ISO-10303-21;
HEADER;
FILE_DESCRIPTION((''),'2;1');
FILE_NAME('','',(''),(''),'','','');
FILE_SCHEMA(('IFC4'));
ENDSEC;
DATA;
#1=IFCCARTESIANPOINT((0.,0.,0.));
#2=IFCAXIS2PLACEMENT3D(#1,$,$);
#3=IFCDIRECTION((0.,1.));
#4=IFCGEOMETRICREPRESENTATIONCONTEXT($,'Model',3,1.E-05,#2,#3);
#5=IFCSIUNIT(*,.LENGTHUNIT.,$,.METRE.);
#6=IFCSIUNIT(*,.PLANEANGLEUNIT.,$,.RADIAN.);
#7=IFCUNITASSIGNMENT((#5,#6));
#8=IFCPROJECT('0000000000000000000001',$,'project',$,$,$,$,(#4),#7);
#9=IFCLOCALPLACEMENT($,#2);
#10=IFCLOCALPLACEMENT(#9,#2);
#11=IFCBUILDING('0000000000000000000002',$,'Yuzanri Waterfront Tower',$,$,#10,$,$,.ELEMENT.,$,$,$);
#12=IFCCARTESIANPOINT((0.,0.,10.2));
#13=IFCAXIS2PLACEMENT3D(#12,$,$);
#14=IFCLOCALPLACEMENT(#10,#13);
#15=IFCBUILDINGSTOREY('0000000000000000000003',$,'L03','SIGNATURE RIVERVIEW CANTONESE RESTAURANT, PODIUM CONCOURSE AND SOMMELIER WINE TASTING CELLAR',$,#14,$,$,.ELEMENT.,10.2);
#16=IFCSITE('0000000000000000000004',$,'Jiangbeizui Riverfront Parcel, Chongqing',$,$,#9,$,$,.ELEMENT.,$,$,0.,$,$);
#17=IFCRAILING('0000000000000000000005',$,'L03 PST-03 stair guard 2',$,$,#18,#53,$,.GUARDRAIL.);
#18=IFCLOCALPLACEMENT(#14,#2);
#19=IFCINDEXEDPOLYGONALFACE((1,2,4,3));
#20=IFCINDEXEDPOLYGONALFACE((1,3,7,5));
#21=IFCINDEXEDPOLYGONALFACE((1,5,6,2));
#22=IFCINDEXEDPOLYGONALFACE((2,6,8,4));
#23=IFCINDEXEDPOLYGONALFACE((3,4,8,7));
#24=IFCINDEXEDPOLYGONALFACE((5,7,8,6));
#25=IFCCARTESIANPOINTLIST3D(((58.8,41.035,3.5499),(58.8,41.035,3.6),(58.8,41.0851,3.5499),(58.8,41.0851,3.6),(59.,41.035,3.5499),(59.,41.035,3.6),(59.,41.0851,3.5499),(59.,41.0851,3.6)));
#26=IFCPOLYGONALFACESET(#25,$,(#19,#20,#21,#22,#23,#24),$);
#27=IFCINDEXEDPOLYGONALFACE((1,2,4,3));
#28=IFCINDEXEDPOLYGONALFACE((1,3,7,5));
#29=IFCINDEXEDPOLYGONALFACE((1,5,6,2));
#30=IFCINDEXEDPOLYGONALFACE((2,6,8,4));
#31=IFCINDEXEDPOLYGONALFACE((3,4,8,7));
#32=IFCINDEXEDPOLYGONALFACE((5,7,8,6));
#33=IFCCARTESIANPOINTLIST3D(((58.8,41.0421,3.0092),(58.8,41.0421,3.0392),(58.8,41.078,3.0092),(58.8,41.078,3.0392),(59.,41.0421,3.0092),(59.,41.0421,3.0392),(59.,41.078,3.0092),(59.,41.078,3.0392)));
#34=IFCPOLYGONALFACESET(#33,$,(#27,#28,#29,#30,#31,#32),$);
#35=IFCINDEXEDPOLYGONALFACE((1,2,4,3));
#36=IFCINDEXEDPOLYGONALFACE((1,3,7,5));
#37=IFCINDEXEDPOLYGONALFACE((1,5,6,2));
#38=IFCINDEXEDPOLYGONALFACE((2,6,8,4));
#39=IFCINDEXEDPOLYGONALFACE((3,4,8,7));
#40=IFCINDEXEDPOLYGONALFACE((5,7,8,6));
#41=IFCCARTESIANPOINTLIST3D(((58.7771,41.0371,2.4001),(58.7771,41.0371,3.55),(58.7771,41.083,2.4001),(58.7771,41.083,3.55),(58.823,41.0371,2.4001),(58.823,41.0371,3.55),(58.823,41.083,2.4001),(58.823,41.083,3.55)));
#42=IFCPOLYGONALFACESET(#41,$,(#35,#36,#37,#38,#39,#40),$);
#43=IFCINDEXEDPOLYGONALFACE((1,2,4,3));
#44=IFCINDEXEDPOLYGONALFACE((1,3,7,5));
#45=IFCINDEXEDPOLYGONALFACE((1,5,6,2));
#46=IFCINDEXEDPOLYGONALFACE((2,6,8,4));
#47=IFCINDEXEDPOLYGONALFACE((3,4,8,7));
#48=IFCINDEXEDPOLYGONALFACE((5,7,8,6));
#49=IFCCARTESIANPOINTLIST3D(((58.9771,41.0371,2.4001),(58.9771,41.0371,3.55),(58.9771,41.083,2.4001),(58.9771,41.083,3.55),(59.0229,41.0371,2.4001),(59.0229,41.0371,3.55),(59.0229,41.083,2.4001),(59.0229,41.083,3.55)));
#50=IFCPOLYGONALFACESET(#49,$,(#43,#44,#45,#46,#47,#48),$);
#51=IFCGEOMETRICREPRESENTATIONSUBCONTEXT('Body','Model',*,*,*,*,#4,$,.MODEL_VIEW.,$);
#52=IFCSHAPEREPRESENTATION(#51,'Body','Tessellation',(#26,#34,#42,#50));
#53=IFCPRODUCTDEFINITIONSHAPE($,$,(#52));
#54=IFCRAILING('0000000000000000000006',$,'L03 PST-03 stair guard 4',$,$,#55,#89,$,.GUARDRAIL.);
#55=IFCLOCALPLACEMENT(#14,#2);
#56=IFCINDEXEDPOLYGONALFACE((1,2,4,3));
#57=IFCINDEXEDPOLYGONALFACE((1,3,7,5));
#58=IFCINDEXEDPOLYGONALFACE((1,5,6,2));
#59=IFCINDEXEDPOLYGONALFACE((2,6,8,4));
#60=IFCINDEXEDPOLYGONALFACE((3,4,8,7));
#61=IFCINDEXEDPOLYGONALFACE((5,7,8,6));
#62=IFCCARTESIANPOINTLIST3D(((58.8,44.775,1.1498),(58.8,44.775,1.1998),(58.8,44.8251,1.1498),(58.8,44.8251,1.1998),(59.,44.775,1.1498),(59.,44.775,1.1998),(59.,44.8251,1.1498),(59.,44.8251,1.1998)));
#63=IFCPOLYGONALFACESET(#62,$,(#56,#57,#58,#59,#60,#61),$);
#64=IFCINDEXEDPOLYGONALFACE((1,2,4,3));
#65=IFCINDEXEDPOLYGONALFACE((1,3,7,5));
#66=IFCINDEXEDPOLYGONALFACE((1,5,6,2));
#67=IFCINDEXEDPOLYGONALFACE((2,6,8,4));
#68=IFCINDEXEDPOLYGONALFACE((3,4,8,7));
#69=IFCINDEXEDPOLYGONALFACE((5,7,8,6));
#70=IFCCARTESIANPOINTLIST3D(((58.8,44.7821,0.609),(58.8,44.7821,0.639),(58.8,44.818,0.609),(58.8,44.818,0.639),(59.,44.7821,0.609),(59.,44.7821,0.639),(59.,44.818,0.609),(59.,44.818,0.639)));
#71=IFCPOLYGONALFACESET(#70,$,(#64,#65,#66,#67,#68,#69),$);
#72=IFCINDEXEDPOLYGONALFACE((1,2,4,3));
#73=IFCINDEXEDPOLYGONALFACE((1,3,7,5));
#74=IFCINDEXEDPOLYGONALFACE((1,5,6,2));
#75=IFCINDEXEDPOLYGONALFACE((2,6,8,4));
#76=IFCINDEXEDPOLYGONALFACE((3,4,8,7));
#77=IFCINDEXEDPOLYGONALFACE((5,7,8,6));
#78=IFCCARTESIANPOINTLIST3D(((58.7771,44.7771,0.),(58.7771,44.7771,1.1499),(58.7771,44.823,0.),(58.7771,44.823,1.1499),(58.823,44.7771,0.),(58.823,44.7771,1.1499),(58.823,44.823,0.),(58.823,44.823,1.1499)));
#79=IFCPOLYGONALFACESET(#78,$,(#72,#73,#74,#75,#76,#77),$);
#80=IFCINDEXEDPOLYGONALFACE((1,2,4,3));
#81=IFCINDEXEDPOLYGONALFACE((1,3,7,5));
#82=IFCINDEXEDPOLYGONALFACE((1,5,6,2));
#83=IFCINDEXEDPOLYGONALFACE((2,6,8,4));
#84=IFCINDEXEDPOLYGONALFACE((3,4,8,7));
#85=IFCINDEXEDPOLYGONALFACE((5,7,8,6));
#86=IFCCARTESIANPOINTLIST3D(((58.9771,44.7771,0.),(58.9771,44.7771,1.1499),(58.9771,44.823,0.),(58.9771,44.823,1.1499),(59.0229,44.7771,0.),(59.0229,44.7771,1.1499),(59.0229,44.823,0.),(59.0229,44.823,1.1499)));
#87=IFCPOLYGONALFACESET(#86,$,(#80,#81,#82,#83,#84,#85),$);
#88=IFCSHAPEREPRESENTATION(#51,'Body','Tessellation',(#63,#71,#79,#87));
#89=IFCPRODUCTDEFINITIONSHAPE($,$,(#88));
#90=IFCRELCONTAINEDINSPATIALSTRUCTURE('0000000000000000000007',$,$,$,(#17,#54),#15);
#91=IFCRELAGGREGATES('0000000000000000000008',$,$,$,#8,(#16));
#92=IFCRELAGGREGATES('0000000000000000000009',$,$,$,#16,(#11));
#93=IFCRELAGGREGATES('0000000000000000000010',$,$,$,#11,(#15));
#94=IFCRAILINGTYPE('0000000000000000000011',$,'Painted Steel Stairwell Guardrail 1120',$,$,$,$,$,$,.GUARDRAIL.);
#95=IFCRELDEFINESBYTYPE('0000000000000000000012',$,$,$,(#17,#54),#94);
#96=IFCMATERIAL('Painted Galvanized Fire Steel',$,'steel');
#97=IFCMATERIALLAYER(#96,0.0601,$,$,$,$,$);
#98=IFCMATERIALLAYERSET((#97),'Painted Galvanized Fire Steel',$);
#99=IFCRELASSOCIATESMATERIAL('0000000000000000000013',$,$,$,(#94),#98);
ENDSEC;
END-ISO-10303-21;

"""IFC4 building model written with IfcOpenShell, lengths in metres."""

from ifc_helpers import new_model, si_unit, direction, frame, origin, origin_2d, place, context, subcontext, project, spatial, rectangle, extrude, source, transform, mapped, material, layer, layer_set, type_object, element, save


model = new_model("IFC4")

# Units and contexts
model_context = context("Model", 3, precision=1e-05, world=origin(), true_north=direction((0.0, 1.0)))
body_context = subcontext(model_context, "Body", "Model", "MODEL_VIEW")
ifc_project = project(units=[si_unit("LENGTHUNIT", "METRE"), si_unit("PLANEANGLEUNIT", "RADIAN")], contexts=[model_context])

# Site, building, storey
site_placement = place(None, origin())
site = spatial("IfcSite", under=ifc_project, at=site_placement, Name="Jiangbeizui Riverfront Parcel, Chongqing", CompositionType="ELEMENT", RefElevation=0.0)
building_placement = place(site_placement, origin())
building = spatial("IfcBuilding", under=site, at=building_placement, Name="Yuzanri Waterfront Tower", CompositionType="ELEMENT")
storey_placement = place(building_placement, frame((0.0, 0.0, 10.2)))
storey = spatial("IfcBuildingStorey", under=building, at=storey_placement, Name="L03", Description="SIGNATURE RIVERVIEW CANTONESE RESTAURANT, PODIUM CONCOURSE AND SOMMELIER WINE TASTING CELLAR", CompositionType="ELEMENT", Elevation=10.2)

# Railings
ifc_material_1 = material(Name="Painted Galvanized Fire Steel", Category="steel")
ifc_layer_1 = layer(ifc_material_1, 0.0601)
ifc_layer_set_1 = layer_set([ifc_layer_1], Name="Painted Galvanized Fire Steel")
railing_type_1 = type_object("IfcRailingType", Name="Painted Steel Stairwell Guardrail 1120", PredefinedType="GUARDRAIL", material=ifc_layer_set_1)
shared_shape_1 = source(origin(), body_context, "Body", "SweptSolid", [
    extrude(rectangle(XDim=0.05, YDim=0.05, at=origin_2d()), frame((0.0, 0.0, 1.1748), z_axis=(1.0, 0.0, 0.0), x_axis=(0.0, 1.0, 0.0)), (0.0, 0.0, 1.0), 0.2),
    extrude(rectangle(XDim=0.0359, YDim=0.03, at=origin_2d()), frame((0.0, 0.0, 0.624), z_axis=(1.0, 0.0, 0.0), x_axis=(0.0, 1.0, 0.0)), (0.0, 0.0, 1.0), 0.2),
    extrude(rectangle(XDim=0.0459, YDim=0.0459, at=origin_2d()), origin(), (0.0, 0.0, 1.0), 1.1499),
    extrude(rectangle(XDim=0.0459, YDim=0.0459, at=origin_2d()), frame((0.2, 0.0, 0.0)), (0.0, 0.0, 1.0), 1.1499),
])
for number, where, name in (
    (1, (58.8, 41.0601, 2.4001), "L03 PST-03 stair guard 2"),
    (2, (58.8, 44.8, 0.0), "L03 PST-03 stair guard 4"),
):
    element("IfcRailing", number, at=place(storey_placement, frame(where)), inside=storey, type_object=railing_type_1, Name=name, PredefinedType="GUARDRAIL", context=body_context, shape_type="MappedRepresentation", body=[
        mapped(shared_shape_1, transform((0.0, 0.0, 0.0), scale=1.0)),
    ])

save(model, "model.ifc")
